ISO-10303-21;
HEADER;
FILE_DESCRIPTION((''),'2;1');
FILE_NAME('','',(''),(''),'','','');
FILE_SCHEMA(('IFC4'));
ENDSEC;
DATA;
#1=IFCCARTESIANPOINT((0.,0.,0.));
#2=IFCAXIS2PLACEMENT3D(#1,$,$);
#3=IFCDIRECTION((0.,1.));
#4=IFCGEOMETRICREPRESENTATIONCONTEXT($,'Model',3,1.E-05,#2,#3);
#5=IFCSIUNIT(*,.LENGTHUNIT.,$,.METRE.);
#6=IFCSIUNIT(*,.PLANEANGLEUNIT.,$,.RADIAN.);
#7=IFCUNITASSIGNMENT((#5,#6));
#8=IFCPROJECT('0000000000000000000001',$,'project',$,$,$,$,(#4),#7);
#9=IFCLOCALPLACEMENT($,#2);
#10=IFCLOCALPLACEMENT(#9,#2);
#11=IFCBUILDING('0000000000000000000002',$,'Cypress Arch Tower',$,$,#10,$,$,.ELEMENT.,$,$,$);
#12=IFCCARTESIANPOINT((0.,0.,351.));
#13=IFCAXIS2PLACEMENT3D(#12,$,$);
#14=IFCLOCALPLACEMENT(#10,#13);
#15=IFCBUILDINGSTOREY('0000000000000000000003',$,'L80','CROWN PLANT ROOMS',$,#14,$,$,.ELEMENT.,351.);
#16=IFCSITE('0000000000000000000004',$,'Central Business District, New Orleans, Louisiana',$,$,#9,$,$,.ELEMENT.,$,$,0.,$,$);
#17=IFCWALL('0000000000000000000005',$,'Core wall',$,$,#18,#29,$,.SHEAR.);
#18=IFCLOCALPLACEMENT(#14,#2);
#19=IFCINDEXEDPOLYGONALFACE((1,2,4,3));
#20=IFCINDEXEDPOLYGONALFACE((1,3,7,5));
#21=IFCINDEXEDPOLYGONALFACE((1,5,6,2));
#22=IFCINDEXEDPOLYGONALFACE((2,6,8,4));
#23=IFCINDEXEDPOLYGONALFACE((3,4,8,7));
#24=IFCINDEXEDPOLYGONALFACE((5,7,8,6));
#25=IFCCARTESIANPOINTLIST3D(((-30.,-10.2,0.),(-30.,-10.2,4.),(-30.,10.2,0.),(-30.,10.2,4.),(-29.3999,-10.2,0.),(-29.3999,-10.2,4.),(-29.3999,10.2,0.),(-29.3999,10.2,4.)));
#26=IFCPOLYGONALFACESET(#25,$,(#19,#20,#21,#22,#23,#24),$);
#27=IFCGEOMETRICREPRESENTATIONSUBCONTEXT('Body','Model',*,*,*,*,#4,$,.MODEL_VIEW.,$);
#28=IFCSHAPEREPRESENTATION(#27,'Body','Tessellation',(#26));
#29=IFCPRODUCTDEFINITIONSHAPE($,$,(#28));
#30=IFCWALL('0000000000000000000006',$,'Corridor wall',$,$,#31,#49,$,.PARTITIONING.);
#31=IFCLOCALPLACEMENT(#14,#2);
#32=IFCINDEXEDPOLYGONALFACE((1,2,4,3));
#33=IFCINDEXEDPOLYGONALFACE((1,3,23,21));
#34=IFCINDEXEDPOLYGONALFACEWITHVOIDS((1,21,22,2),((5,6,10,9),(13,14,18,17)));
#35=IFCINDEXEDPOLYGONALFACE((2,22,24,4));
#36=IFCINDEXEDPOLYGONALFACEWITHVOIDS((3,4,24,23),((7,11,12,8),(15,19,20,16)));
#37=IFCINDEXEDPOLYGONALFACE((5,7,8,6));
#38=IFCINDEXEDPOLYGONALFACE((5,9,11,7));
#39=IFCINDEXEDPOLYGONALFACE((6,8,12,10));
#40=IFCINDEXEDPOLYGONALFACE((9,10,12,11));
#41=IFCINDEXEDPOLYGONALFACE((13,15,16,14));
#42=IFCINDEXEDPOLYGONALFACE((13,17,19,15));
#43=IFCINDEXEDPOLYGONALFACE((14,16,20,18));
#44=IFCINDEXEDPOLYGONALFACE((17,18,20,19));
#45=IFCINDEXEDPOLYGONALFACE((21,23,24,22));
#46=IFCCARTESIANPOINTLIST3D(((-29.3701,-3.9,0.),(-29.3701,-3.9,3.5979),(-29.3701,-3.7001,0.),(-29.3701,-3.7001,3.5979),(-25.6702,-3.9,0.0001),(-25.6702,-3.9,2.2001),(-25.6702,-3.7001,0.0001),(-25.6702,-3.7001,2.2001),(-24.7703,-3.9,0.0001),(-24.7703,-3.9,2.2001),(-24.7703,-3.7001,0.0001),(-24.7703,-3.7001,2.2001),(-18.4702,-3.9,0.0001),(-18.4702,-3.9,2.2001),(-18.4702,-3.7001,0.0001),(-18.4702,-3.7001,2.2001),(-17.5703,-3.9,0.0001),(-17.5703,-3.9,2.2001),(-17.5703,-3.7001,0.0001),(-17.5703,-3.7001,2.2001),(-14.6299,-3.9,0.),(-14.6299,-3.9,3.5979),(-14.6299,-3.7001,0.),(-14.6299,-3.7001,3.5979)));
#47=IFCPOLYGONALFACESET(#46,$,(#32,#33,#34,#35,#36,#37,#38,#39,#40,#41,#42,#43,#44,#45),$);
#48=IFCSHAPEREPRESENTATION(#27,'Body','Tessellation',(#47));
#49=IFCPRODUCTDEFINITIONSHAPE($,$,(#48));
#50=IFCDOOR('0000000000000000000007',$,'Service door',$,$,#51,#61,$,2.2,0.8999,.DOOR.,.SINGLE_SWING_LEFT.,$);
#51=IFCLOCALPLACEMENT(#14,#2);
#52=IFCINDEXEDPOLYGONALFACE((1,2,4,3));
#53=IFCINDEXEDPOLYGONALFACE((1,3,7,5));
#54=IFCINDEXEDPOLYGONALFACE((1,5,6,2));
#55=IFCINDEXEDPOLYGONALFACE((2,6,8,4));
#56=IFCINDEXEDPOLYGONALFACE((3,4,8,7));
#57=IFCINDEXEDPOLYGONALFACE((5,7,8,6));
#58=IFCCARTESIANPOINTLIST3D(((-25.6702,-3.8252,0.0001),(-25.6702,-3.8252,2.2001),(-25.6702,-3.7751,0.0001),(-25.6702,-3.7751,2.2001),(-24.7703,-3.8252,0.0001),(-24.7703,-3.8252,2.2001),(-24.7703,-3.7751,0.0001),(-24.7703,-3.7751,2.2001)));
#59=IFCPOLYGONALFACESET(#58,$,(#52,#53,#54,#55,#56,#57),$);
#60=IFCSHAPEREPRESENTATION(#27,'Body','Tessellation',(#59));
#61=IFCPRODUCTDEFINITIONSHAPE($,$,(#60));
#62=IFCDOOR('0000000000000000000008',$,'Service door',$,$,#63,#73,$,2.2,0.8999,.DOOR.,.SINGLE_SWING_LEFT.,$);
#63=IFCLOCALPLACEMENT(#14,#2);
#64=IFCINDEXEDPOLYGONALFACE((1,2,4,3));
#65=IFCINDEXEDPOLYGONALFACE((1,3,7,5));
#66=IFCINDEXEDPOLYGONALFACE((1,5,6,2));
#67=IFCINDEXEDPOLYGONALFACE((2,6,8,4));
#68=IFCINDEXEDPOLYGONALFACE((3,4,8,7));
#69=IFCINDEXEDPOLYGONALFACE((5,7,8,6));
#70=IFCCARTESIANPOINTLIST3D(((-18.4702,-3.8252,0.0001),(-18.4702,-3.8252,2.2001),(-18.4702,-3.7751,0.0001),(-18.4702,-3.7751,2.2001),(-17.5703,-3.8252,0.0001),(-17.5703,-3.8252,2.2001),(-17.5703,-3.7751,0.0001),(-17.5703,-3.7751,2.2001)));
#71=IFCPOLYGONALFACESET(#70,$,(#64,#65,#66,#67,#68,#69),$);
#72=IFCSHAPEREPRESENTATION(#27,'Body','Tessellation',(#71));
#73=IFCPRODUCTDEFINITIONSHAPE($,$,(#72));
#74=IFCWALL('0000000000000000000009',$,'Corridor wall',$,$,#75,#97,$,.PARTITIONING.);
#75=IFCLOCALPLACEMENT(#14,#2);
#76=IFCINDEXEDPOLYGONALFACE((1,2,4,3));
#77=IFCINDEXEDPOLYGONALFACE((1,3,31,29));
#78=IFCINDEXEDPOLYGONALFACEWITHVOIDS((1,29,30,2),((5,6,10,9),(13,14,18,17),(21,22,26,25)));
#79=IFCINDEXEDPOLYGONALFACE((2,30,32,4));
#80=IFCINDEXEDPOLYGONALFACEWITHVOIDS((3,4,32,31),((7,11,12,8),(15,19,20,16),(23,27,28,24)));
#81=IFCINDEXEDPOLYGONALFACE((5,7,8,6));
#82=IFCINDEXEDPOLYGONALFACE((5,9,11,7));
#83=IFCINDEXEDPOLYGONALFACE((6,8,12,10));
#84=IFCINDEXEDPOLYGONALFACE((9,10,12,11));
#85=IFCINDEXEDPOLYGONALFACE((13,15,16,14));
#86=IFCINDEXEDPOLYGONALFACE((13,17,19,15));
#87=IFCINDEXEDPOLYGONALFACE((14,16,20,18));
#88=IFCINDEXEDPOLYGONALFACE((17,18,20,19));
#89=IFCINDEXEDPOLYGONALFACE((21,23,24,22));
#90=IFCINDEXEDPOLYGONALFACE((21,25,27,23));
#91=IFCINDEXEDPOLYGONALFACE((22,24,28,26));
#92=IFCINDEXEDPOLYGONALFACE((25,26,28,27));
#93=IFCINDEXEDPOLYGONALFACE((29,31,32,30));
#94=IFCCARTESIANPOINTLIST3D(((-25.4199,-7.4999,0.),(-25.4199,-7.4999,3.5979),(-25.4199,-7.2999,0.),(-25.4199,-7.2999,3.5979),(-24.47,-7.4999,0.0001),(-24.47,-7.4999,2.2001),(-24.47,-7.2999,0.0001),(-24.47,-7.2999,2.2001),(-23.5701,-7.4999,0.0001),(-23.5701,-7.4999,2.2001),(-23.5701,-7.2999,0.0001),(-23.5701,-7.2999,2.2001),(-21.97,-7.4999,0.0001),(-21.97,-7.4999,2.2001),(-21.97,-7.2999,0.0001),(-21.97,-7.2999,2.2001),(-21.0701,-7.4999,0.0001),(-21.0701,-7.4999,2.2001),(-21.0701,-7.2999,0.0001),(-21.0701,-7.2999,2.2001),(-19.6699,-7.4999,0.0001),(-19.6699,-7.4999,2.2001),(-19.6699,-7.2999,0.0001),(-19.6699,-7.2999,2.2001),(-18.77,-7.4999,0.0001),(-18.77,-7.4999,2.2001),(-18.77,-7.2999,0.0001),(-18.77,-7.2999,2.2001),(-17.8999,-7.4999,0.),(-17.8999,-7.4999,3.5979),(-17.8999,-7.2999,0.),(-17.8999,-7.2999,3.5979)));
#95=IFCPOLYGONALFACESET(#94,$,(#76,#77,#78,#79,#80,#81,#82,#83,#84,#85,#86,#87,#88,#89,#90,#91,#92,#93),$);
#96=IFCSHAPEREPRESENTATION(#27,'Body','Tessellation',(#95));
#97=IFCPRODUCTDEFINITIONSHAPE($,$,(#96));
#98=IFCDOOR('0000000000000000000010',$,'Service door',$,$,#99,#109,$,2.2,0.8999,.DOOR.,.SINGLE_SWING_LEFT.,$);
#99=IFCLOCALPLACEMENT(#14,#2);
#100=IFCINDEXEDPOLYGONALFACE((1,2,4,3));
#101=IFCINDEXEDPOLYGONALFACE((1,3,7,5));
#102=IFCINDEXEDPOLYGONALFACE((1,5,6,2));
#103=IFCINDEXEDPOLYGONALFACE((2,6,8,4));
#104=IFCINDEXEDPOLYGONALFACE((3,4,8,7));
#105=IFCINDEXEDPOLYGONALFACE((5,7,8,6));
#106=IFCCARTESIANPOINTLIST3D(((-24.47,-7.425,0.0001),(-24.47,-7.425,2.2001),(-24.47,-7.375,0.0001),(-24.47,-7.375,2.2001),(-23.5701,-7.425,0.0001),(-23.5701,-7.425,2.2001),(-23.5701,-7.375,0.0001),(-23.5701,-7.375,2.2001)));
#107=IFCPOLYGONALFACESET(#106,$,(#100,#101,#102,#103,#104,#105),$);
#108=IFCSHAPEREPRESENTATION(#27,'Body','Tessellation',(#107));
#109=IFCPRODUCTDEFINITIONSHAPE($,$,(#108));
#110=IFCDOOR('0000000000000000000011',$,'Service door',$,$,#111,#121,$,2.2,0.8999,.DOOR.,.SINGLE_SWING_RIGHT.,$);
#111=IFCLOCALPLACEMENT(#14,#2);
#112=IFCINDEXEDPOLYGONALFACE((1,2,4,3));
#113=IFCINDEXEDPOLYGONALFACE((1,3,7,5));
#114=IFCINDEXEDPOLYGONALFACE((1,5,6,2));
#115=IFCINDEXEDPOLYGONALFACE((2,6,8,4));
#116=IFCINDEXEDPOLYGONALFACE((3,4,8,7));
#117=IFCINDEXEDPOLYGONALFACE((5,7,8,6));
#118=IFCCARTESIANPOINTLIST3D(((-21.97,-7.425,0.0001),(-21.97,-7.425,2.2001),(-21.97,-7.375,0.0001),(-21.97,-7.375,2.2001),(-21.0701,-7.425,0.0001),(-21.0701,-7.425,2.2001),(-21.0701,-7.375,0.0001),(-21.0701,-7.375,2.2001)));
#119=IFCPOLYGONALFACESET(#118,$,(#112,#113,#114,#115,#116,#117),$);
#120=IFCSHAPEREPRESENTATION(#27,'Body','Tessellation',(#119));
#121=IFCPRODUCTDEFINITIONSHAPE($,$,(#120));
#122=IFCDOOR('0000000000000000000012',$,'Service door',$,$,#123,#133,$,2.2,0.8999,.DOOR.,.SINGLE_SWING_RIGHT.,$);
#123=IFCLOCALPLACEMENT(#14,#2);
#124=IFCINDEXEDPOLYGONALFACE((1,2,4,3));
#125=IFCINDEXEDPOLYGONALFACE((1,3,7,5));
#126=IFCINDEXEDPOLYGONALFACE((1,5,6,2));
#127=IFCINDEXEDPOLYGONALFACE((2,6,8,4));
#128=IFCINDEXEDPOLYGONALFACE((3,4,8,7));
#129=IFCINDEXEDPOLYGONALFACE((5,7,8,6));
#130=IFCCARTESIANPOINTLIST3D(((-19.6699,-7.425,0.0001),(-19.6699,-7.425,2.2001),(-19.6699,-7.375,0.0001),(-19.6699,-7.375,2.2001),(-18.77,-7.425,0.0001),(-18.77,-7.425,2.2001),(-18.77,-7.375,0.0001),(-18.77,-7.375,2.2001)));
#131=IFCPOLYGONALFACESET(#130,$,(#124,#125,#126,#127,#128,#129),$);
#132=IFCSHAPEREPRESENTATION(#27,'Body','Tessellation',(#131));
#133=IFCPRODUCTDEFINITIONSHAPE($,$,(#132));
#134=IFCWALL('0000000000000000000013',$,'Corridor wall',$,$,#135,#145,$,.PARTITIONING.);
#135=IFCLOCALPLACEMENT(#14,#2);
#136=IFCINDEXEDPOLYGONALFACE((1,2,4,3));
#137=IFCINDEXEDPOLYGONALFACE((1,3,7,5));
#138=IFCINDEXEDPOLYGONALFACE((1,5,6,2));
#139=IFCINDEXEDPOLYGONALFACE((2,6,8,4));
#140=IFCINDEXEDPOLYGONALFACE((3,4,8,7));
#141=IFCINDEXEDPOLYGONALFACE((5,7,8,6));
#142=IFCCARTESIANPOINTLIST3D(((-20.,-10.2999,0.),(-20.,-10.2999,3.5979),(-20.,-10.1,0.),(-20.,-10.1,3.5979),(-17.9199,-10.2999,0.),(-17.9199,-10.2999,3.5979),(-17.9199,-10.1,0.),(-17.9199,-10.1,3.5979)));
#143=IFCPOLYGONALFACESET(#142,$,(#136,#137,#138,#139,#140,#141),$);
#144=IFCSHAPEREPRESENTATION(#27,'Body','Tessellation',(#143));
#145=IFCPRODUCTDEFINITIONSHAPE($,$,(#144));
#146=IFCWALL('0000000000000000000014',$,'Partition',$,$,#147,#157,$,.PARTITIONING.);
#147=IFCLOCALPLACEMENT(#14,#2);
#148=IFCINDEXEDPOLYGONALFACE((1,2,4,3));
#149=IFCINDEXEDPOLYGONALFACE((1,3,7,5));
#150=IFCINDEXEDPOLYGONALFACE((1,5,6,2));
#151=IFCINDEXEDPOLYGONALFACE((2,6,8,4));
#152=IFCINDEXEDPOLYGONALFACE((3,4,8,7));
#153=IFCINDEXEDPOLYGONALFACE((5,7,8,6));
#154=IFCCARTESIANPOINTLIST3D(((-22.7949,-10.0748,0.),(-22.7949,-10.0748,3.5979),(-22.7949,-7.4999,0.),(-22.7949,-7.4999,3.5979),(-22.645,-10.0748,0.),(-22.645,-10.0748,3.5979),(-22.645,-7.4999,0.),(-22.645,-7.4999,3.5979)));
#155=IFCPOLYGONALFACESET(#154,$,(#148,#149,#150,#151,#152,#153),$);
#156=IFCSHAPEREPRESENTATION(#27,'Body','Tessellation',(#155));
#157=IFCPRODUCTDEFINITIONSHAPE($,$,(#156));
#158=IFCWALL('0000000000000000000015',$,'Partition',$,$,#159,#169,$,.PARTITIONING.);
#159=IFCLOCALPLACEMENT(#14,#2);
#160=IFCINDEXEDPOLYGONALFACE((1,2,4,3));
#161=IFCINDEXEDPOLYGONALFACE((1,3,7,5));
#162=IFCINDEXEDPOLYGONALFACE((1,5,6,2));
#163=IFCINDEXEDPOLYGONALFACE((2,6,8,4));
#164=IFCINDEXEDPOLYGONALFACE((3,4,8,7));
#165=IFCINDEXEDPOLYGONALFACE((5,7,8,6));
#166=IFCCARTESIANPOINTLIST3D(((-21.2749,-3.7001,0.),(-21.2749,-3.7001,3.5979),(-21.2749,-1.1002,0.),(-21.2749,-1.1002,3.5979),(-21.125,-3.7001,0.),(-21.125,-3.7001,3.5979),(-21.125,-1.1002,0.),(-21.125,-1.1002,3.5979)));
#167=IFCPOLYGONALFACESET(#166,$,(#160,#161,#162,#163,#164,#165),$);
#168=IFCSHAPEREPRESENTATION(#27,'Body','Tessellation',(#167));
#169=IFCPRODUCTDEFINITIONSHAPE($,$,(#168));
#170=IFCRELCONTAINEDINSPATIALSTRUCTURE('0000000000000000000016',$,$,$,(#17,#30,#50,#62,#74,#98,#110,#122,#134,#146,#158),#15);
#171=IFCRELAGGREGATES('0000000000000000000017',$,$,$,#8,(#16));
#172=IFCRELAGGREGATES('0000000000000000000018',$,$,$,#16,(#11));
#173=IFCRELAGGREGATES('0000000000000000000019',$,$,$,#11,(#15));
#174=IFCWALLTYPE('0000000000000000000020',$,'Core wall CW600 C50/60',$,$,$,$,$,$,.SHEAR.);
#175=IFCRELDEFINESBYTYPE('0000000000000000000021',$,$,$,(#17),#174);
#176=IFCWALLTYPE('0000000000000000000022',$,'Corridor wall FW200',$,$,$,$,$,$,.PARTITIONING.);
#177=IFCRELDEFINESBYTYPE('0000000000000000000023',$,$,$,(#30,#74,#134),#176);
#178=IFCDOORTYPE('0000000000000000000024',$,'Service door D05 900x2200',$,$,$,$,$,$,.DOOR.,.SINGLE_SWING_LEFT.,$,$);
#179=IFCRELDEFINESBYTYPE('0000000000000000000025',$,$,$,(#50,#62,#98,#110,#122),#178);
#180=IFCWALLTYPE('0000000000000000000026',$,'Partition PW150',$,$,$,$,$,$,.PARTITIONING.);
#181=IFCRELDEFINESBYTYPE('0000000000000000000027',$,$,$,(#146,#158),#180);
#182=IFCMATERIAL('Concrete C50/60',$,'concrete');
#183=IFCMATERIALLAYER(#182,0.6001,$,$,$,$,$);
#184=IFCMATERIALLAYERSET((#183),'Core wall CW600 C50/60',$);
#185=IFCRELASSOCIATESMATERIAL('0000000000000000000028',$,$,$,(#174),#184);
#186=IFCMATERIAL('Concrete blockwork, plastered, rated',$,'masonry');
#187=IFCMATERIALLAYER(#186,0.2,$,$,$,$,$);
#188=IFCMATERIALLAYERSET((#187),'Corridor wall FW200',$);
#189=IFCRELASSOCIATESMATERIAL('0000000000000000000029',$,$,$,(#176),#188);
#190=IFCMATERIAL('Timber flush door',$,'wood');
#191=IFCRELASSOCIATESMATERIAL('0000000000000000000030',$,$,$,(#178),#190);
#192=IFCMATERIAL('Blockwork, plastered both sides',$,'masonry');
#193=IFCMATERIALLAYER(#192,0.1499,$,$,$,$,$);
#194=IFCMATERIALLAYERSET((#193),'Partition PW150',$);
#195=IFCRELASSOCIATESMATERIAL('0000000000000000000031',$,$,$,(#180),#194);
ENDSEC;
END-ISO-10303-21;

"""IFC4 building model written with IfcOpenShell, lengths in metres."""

from ifc_helpers import new_model, si_unit, direction, frame, frame_2d, origin, place, context, subcontext, project, spatial, rectangle, extrude, material, layer, layer_set, type_object, element, fill, save


model = new_model("IFC4")

# Units and contexts
model_context = context("Model", 3, precision=1e-05, world=origin(), true_north=direction((0.0, 1.0)))
body_context = subcontext(model_context, "Body", "Model", "MODEL_VIEW")
ifc_project = project(units=[si_unit("LENGTHUNIT", "METRE"), si_unit("PLANEANGLEUNIT", "RADIAN")], contexts=[model_context])

# Site, building, storey
site_placement = place(None, origin())
site = spatial("IfcSite", under=ifc_project, at=site_placement, Name="Central Business District, New Orleans, Louisiana", CompositionType="ELEMENT", RefElevation=0.0)
building_placement = place(site_placement, origin())
building = spatial("IfcBuilding", under=site, at=building_placement, Name="Cypress Arch Tower", CompositionType="ELEMENT")
storey_placement = place(building_placement, frame((0.0, 0.0, 351.0)))
storey = spatial("IfcBuildingStorey", under=building, at=storey_placement, Name="L80", Description="CROWN PLANT ROOMS", CompositionType="ELEMENT", Elevation=351.0)

# Wall
ifc_material_1 = material(Name="Concrete C50/60", Category="concrete")
ifc_layer_1 = layer(ifc_material_1, 0.6001)
ifc_layer_set_1 = layer_set([ifc_layer_1], Name="Core wall CW600 C50/60")
wall_type_1 = type_object("IfcWallType", Name="Core wall CW600 C50/60", PredefinedType="SHEAR", material=ifc_layer_set_1)
wall_1_placement = place(storey_placement, frame((-29.7, -10.2, 0.0), z_axis=(0.0, 0.0, 1.0), x_axis=(0.0, 1.0, 0.0)))
element("IfcWall", 1, at=wall_1_placement, inside=storey, type_object=wall_type_1, Name="Core wall", PredefinedType="SHEAR", context=body_context, shape_type="SweptSolid", body=[
    extrude(rectangle(XDim=20.3999, YDim=0.6001, at=frame_2d((10.2, 0.0))), origin(), (0.0, 0.0, 1.0), 4.0),
])

# Walls, openings, doors
ifc_material_2 = material(Name="Concrete blockwork, plastered, rated", Category="masonry")
ifc_layer_2 = layer(ifc_material_2, 0.2)
ifc_layer_set_2 = layer_set([ifc_layer_2], Name="Corridor wall FW200")
wall_type_2 = type_object("IfcWallType", Name="Corridor wall FW200", PredefinedType="PARTITIONING", material=ifc_layer_set_2)
wall_2_placement = place(storey_placement, frame((-29.3701, -3.8, 0.0), z_axis=(0.0, 0.0, 1.0), x_axis=(1.0, 0.0, 0.0)))
wall_2 = element("IfcWall", 2, at=wall_2_placement, inside=storey, type_object=wall_type_2, Name="Corridor wall", PredefinedType="PARTITIONING", context=body_context, shape_type="SweptSolid", body=[
    extrude(rectangle(XDim=14.7402, YDim=0.2, at=frame_2d((7.3701, 0.0))), origin(), (0.0, 0.0, 1.0), 3.5979),
])
opening_1_placement = place(wall_2_placement, frame((3.7, 0.0, 0.0)))
opening_1 = element("IfcOpeningElement", 3, at=opening_1_placement, cuts=wall_2, PredefinedType="OPENING", context=body_context, shape_type="SweptSolid", body=[
    extrude(rectangle(XDim=0.8999, YDim=2.2, at=frame_2d((0.45, 1.1001))), frame((0.0, 0.1099, 0.0), z_axis=(0.0, -1.0, 0.0), x_axis=(1.0, 0.0, 0.0)), (0.0, 0.0, 1.0), 0.22),
])
opening_2_placement = place(wall_2_placement, frame((10.8999, 0.0, 0.0)))
opening_2 = element("IfcOpeningElement", 4, at=opening_2_placement, cuts=wall_2, PredefinedType="OPENING", context=body_context, shape_type="SweptSolid", body=[
    extrude(rectangle(XDim=0.8999, YDim=2.2, at=frame_2d((0.45, 1.1001))), frame((0.0, 0.1099, 0.0), z_axis=(0.0, -1.0, 0.0), x_axis=(1.0, 0.0, 0.0)), (0.0, 0.0, 1.0), 0.22),
])
ifc_material_3 = material(Name="Timber flush door", Category="wood")
door_type_1 = type_object("IfcDoorType", Name="Service door D05 900x2200", OperationType="SINGLE_SWING_LEFT", PredefinedType="DOOR", material=ifc_material_3)
door_1_placement = place(opening_1_placement, origin())
door_1 = element("IfcDoor", 5, at=door_1_placement, inside=storey, type_object=door_type_1, Name="Service door", OperationType="SINGLE_SWING_LEFT", OverallHeight=2.2, OverallWidth=0.8999, PredefinedType="DOOR", context=body_context, shape_type="SweptSolid", body=[
    extrude(rectangle(XDim=0.8999, YDim=2.2, at=frame_2d((0.45, 1.1001))), frame((0.0, 0.0249, 0.0), z_axis=(0.0, -1.0, 0.0), x_axis=(1.0, 0.0, 0.0)), (0.0, 0.0, 1.0), 0.05),
])
fill(opening_1, door_1)
door_2_placement = place(opening_2_placement, origin())
door_2 = element("IfcDoor", 6, at=door_2_placement, inside=storey, type_object=door_type_1, Name="Service door", OperationType="SINGLE_SWING_LEFT", OverallHeight=2.2, OverallWidth=0.8999, PredefinedType="DOOR", context=body_context, shape_type="SweptSolid", body=[
    extrude(rectangle(XDim=0.8999, YDim=2.2, at=frame_2d((0.45, 1.1001))), frame((0.0, 0.0249, 0.0), z_axis=(0.0, -1.0, 0.0), x_axis=(1.0, 0.0, 0.0)), (0.0, 0.0, 1.0), 0.05),
])
fill(opening_2, door_2)
wall_3_placement = place(storey_placement, frame((-25.4199, -7.3999, 0.0), z_axis=(0.0, 0.0, 1.0), x_axis=(1.0, 0.0, 0.0)))
wall_3 = element("IfcWall", 7, at=wall_3_placement, inside=storey, type_object=wall_type_2, Name="Corridor wall", PredefinedType="PARTITIONING", context=body_context, shape_type="SweptSolid", body=[
    extrude(rectangle(XDim=7.52, YDim=0.2, at=frame_2d((3.76, 0.0))), origin(), (0.0, 0.0, 1.0), 3.5979),
])
opening_3_placement = place(wall_3_placement, frame((0.95, 0.0, 0.0)))
opening_3 = element("IfcOpeningElement", 8, at=opening_3_placement, cuts=wall_3, PredefinedType="OPENING", context=body_context, shape_type="SweptSolid", body=[
    extrude(rectangle(XDim=0.8999, YDim=2.2, at=frame_2d((0.45, 1.1001))), frame((0.0, 0.1099, 0.0), z_axis=(0.0, -1.0, 0.0), x_axis=(1.0, 0.0, 0.0)), (0.0, 0.0, 1.0), 0.22),
])
opening_4_placement = place(wall_3_placement, frame((3.45, 0.0, 0.0)))
opening_4 = element("IfcOpeningElement", 9, at=opening_4_placement, cuts=wall_3, PredefinedType="OPENING", context=body_context, shape_type="SweptSolid", body=[
    extrude(rectangle(XDim=0.8999, YDim=2.2, at=frame_2d((0.45, 1.1001))), frame((0.0, 0.1099, 0.0), z_axis=(0.0, -1.0, 0.0), x_axis=(1.0, 0.0, 0.0)), (0.0, 0.0, 1.0), 0.22),
])
opening_5_placement = place(wall_3_placement, frame((5.75, 0.0, 0.0)))
opening_5 = element("IfcOpeningElement", 10, at=opening_5_placement, cuts=wall_3, PredefinedType="OPENING", context=body_context, shape_type="SweptSolid", body=[
    extrude(rectangle(XDim=0.8999, YDim=2.2, at=frame_2d((0.45, 1.1001))), frame((0.0, 0.1099, 0.0), z_axis=(0.0, -1.0, 0.0), x_axis=(1.0, 0.0, 0.0)), (0.0, 0.0, 1.0), 0.22),
])
door_3_placement = place(opening_3_placement, origin())
door_3 = element("IfcDoor", 11, at=door_3_placement, inside=storey, type_object=door_type_1, Name="Service door", OperationType="SINGLE_SWING_LEFT", OverallHeight=2.2, OverallWidth=0.8999, PredefinedType="DOOR", context=body_context, shape_type="SweptSolid", body=[
    extrude(rectangle(XDim=0.8999, YDim=2.2, at=frame_2d((0.45, 1.1001))), frame((0.0, 0.0249, 0.0), z_axis=(0.0, -1.0, 0.0), x_axis=(1.0, 0.0, 0.0)), (0.0, 0.0, 1.0), 0.05),
])
fill(opening_3, door_3)
door_4_placement = place(opening_4_placement, origin())
door_4 = element("IfcDoor", 12, at=door_4_placement, inside=storey, type_object=door_type_1, Name="Service door", OperationType="SINGLE_SWING_RIGHT", OverallHeight=2.2, OverallWidth=0.8999, PredefinedType="DOOR", context=body_context, shape_type="SweptSolid", body=[
    extrude(rectangle(XDim=0.8999, YDim=2.2, at=frame_2d((0.45, 1.1001))), frame((0.0, 0.0249, 0.0), z_axis=(0.0, -1.0, 0.0), x_axis=(1.0, 0.0, 0.0)), (0.0, 0.0, 1.0), 0.05),
])
fill(opening_4, door_4)
door_5_placement = place(opening_5_placement, origin())
door_5 = element("IfcDoor", 13, at=door_5_placement, inside=storey, type_object=door_type_1, Name="Service door", OperationType="SINGLE_SWING_RIGHT", OverallHeight=2.2, OverallWidth=0.8999, PredefinedType="DOOR", context=body_context, shape_type="SweptSolid", body=[
    extrude(rectangle(XDim=0.8999, YDim=2.2, at=frame_2d((0.45, 1.1001))), frame((0.0, 0.0249, 0.0), z_axis=(0.0, -1.0, 0.0), x_axis=(1.0, 0.0, 0.0)), (0.0, 0.0, 1.0), 0.05),
])
fill(opening_5, door_5)

# Walls
wall_4_placement = place(storey_placement, frame((-20.0, -10.2, 0.0), z_axis=(0.0, 0.0, 1.0), x_axis=(1.0, 0.0, 0.0)))
element("IfcWall", 14, at=wall_4_placement, inside=storey, type_object=wall_type_2, Name="Corridor wall", PredefinedType="PARTITIONING", context=body_context, shape_type="SweptSolid", body=[
    extrude(rectangle(XDim=2.0801, YDim=0.2, at=frame_2d((1.04, 0.0))), origin(), (0.0, 0.0, 1.0), 3.5979),
])
ifc_material_4 = material(Name="Blockwork, plastered both sides", Category="masonry")
ifc_layer_3 = layer(ifc_material_4, 0.1499)
ifc_layer_set_3 = layer_set([ifc_layer_3], Name="Partition PW150")
wall_type_3 = type_object("IfcWallType", Name="Partition PW150", PredefinedType="PARTITIONING", material=ifc_layer_set_3)
wall_5_placement = place(storey_placement, frame((-22.72, -10.075, 0.0), z_axis=(0.0, 0.0, 1.0), x_axis=(0.0, 1.0, 0.0)))
element("IfcWall", 15, at=wall_5_placement, inside=storey, type_object=wall_type_3, Name="Partition", PredefinedType="PARTITIONING", context=body_context, shape_type="SweptSolid", body=[
    extrude(rectangle(XDim=2.575, YDim=0.1499, at=frame_2d((1.2876, 0.0))), origin(), (0.0, 0.0, 1.0), 3.5979),
])
wall_6_placement = place(storey_placement, frame((-21.2, -3.7, 0.0), z_axis=(0.0, 0.0, 1.0), x_axis=(0.0, 1.0, 0.0)))
element("IfcWall", 16, at=wall_6_placement, inside=storey, type_object=wall_type_3, Name="Partition", PredefinedType="PARTITIONING", context=body_context, shape_type="SweptSolid", body=[
    extrude(rectangle(XDim=2.5999, YDim=0.1499, at=frame_2d((1.2998, 0.0))), origin(), (0.0, 0.0, 1.0), 3.5979),
])

save(model, "model.ifc")
